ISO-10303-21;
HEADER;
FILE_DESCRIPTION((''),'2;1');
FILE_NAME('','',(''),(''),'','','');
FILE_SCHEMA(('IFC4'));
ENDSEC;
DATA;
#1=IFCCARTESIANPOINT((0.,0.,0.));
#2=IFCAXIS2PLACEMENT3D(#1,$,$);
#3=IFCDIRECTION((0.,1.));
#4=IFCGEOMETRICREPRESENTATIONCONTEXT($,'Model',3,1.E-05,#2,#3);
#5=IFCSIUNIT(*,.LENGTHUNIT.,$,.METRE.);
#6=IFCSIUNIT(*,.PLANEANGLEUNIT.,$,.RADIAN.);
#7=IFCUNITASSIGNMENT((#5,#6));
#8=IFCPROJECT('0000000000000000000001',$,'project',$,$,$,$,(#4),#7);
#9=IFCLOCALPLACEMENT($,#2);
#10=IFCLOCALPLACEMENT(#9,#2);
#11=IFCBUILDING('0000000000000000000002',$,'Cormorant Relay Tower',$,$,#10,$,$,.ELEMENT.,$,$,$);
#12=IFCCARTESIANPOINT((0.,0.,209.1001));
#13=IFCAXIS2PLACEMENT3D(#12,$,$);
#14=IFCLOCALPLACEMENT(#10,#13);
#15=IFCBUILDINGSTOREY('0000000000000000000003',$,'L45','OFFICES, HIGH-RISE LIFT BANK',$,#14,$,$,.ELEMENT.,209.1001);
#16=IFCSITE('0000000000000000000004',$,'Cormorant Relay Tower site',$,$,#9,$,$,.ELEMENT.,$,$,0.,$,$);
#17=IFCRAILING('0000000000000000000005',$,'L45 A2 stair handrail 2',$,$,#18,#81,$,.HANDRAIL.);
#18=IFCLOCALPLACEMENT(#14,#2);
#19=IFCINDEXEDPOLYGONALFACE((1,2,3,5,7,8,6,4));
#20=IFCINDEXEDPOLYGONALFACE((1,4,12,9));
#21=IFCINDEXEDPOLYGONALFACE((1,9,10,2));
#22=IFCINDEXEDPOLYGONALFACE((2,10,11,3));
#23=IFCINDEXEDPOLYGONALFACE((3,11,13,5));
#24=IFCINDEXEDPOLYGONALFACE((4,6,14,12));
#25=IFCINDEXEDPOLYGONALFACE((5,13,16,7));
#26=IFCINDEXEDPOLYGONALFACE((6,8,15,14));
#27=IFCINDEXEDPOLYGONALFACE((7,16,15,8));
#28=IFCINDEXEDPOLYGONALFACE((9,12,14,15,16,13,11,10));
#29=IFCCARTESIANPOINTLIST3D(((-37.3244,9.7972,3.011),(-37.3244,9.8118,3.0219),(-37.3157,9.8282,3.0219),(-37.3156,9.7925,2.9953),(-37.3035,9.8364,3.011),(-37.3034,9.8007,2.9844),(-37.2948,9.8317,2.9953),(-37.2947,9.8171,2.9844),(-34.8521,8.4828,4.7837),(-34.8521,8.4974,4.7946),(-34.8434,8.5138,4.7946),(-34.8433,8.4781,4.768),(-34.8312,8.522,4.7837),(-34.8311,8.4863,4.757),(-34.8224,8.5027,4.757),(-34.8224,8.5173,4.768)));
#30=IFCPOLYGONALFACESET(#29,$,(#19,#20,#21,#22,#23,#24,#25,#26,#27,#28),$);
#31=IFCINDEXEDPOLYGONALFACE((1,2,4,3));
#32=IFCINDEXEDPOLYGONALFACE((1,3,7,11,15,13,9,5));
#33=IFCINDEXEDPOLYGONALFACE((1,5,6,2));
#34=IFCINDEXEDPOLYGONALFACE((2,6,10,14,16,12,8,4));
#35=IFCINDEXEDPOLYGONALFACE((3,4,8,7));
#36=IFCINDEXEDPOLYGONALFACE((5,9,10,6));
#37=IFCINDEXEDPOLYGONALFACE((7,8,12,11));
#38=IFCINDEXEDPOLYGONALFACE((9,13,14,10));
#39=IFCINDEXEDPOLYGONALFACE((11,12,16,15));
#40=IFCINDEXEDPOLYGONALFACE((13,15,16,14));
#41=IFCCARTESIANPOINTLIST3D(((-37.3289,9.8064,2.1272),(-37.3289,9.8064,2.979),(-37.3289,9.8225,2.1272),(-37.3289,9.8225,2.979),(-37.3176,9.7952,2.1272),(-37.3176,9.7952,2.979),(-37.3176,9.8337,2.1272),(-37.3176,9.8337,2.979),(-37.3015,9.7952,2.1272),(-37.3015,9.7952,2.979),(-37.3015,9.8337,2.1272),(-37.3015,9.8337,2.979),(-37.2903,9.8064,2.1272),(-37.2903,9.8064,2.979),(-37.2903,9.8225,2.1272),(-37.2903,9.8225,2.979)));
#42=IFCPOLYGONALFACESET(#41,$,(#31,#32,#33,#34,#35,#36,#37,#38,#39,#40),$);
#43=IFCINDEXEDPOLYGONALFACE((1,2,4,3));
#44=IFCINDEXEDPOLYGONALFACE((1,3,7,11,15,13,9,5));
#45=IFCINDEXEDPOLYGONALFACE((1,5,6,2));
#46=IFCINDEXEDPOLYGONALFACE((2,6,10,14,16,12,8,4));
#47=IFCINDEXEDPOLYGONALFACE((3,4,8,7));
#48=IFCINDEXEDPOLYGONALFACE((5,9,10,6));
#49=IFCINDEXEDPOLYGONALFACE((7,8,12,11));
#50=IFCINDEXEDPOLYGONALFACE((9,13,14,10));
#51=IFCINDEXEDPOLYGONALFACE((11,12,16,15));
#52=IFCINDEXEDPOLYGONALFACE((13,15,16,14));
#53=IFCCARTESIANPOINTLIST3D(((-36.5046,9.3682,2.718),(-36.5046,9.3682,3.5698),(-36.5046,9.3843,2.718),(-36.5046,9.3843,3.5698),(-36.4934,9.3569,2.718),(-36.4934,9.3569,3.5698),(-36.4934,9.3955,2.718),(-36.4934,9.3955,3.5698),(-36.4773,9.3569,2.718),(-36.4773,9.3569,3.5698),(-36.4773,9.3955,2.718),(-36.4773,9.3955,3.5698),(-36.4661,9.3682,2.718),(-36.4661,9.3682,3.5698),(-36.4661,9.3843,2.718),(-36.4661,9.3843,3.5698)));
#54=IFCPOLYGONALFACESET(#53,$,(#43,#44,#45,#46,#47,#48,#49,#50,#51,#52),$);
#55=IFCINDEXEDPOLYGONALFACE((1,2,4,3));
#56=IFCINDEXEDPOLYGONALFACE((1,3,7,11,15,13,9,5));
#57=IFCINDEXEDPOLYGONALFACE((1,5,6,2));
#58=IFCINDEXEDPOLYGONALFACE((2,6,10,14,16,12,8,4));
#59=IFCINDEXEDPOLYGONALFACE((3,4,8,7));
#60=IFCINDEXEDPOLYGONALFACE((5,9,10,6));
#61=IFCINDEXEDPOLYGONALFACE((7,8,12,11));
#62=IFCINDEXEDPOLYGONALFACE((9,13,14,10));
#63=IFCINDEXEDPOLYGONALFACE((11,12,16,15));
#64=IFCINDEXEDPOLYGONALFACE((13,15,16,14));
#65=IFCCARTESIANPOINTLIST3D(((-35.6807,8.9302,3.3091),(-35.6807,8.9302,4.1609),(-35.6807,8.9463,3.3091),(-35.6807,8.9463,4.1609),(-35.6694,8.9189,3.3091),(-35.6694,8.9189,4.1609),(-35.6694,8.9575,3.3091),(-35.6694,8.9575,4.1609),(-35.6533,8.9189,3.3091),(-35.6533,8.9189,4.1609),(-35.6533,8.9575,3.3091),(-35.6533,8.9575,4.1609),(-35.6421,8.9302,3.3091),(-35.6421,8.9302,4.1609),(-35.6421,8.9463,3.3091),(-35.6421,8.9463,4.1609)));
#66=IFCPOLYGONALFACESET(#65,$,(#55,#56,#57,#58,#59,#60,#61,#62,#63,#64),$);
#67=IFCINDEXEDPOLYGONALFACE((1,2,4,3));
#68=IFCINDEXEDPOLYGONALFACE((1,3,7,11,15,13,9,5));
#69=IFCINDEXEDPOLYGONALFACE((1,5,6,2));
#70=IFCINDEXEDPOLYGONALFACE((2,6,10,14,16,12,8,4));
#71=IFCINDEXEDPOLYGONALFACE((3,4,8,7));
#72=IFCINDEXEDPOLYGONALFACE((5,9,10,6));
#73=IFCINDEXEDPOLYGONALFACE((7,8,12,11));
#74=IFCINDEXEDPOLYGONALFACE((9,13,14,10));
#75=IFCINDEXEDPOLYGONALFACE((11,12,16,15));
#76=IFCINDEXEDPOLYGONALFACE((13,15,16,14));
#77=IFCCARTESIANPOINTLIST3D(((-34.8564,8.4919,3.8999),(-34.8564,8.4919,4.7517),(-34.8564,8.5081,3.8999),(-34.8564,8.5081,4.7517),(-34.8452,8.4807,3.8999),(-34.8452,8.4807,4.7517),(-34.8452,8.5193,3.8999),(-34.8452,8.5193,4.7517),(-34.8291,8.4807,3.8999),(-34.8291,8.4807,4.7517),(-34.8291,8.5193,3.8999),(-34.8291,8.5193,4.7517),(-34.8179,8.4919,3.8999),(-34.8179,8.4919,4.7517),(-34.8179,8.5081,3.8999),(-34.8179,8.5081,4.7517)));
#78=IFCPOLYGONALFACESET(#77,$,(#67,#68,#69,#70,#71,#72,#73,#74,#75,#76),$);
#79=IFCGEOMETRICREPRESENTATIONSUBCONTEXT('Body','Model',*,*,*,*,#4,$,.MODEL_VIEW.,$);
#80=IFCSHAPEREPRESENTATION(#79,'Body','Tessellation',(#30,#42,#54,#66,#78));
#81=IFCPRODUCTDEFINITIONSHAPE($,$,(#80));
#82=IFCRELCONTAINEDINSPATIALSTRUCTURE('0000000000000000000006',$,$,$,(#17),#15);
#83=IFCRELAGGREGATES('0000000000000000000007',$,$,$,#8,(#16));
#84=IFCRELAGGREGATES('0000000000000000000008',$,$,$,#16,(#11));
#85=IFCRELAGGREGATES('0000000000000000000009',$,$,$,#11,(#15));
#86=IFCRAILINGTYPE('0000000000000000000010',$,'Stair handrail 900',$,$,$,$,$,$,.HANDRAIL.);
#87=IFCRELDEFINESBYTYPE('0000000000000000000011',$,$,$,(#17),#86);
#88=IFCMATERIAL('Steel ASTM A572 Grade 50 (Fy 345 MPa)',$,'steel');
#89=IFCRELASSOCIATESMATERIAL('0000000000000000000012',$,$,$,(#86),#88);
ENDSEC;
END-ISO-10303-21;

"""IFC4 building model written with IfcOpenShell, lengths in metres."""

from ifc_helpers import new_model, si_unit, direction, frame, origin, place, context, subcontext, project, spatial, polyline, outline, extrude, material, type_object, element, save


model = new_model("IFC4")

# Units and contexts
model_context = context("Model", 3, precision=1e-05, world=origin(), true_north=direction((0.0, 1.0)))
body_context = subcontext(model_context, "Body", "Model", "MODEL_VIEW")
ifc_project = project(units=[si_unit("LENGTHUNIT", "METRE"), si_unit("PLANEANGLEUNIT", "RADIAN")], contexts=[model_context])

# Site, building, storey
site_placement = place(None, origin())
site = spatial("IfcSite", under=ifc_project, at=site_placement, Name="Cormorant Relay Tower site", CompositionType="ELEMENT", RefElevation=0.0)
building_placement = place(site_placement, origin())
building = spatial("IfcBuilding", under=site, at=building_placement, Name="Cormorant Relay Tower", CompositionType="ELEMENT")
storey_placement = place(building_placement, frame((0.0, 0.0, 209.1001)))
storey = spatial("IfcBuildingStorey", under=building, at=storey_placement, Name="L45", Description="OFFICES, HIGH-RISE LIFT BANK", CompositionType="ELEMENT", Elevation=209.1001)

# Railing
ifc_material_1 = material(Name="Steel ASTM A572 Grade 50 (Fy 345 MPa)", Category="steel")
railing_type_1 = type_object("IfcRailingType", Name="Stair handrail 900", PredefinedType="HANDRAIL", material=ifc_material_1)
railing_1_placement = place(storey_placement, frame((-37.3096, 9.8145, 2.1272)))
element("IfcRailing", 1, at=railing_1_placement, inside=storey, type_object=railing_type_1, Name="L45 A2 stair handrail 2", PredefinedType="HANDRAIL", context=body_context, shape_type="SweptSolid", body=[
    extrude(outline(polyline([(0.0222, 0.0093), (0.0093, 0.0222), (-0.0093, 0.0222), (-0.0222, 0.0093), (-0.0222, -0.0093), (-0.0093, -0.0222), (0.0093, -0.0222), (0.0222, -0.0093), (0.0222, 0.0093)])), frame((0.0, 0.0, 0.876), z_axis=(0.746034, -0.396627, 0.534902), x_axis=(0.469429, 0.88297, 0.0)), (0.0, 0.0, 1.0), 3.314),
    extrude(outline(polyline([(0.0193, 0.0081), (0.0081, 0.0193), (-0.0081, 0.0193), (-0.0193, 0.0081), (-0.0193, -0.0081), (-0.0081, -0.0193), (0.0081, -0.0193), (0.0193, -0.0081), (0.0193, 0.0081)])), origin(), (0.0, 0.0, 1.0), 0.8518),
    extrude(outline(polyline([(0.0193, 0.0081), (0.0081, 0.0193), (-0.0081, 0.0193), (-0.0193, 0.0081), (-0.0193, -0.0081), (-0.0081, -0.0193), (0.0081, -0.0193), (0.0193, -0.0081), (0.0193, 0.0081)])), frame((0.8242, -0.4382, 0.5908)), (0.0, 0.0, 1.0), 0.8518),
    extrude(outline(polyline([(0.0193, 0.0081), (0.0081, 0.0193), (-0.0081, 0.0193), (-0.0193, 0.0081), (-0.0193, -0.0081), (-0.0081, -0.0193), (0.0081, -0.0193), (0.0193, -0.0081), (0.0193, 0.0081)])), frame((1.6482, -0.8762, 1.1819)), (0.0, 0.0, 1.0), 0.8518),
    extrude(outline(polyline([(0.0193, 0.0081), (0.0081, 0.0193), (-0.0081, 0.0193), (-0.0193, 0.0081), (-0.0193, -0.0081), (-0.0081, -0.0193), (0.0081, -0.0193), (0.0193, -0.0081), (0.0193, 0.0081)])), frame((2.4724, -1.3145, 1.7727)), (0.0, 0.0, 1.0), 0.8518),
])

save(model, "model.ifc")
